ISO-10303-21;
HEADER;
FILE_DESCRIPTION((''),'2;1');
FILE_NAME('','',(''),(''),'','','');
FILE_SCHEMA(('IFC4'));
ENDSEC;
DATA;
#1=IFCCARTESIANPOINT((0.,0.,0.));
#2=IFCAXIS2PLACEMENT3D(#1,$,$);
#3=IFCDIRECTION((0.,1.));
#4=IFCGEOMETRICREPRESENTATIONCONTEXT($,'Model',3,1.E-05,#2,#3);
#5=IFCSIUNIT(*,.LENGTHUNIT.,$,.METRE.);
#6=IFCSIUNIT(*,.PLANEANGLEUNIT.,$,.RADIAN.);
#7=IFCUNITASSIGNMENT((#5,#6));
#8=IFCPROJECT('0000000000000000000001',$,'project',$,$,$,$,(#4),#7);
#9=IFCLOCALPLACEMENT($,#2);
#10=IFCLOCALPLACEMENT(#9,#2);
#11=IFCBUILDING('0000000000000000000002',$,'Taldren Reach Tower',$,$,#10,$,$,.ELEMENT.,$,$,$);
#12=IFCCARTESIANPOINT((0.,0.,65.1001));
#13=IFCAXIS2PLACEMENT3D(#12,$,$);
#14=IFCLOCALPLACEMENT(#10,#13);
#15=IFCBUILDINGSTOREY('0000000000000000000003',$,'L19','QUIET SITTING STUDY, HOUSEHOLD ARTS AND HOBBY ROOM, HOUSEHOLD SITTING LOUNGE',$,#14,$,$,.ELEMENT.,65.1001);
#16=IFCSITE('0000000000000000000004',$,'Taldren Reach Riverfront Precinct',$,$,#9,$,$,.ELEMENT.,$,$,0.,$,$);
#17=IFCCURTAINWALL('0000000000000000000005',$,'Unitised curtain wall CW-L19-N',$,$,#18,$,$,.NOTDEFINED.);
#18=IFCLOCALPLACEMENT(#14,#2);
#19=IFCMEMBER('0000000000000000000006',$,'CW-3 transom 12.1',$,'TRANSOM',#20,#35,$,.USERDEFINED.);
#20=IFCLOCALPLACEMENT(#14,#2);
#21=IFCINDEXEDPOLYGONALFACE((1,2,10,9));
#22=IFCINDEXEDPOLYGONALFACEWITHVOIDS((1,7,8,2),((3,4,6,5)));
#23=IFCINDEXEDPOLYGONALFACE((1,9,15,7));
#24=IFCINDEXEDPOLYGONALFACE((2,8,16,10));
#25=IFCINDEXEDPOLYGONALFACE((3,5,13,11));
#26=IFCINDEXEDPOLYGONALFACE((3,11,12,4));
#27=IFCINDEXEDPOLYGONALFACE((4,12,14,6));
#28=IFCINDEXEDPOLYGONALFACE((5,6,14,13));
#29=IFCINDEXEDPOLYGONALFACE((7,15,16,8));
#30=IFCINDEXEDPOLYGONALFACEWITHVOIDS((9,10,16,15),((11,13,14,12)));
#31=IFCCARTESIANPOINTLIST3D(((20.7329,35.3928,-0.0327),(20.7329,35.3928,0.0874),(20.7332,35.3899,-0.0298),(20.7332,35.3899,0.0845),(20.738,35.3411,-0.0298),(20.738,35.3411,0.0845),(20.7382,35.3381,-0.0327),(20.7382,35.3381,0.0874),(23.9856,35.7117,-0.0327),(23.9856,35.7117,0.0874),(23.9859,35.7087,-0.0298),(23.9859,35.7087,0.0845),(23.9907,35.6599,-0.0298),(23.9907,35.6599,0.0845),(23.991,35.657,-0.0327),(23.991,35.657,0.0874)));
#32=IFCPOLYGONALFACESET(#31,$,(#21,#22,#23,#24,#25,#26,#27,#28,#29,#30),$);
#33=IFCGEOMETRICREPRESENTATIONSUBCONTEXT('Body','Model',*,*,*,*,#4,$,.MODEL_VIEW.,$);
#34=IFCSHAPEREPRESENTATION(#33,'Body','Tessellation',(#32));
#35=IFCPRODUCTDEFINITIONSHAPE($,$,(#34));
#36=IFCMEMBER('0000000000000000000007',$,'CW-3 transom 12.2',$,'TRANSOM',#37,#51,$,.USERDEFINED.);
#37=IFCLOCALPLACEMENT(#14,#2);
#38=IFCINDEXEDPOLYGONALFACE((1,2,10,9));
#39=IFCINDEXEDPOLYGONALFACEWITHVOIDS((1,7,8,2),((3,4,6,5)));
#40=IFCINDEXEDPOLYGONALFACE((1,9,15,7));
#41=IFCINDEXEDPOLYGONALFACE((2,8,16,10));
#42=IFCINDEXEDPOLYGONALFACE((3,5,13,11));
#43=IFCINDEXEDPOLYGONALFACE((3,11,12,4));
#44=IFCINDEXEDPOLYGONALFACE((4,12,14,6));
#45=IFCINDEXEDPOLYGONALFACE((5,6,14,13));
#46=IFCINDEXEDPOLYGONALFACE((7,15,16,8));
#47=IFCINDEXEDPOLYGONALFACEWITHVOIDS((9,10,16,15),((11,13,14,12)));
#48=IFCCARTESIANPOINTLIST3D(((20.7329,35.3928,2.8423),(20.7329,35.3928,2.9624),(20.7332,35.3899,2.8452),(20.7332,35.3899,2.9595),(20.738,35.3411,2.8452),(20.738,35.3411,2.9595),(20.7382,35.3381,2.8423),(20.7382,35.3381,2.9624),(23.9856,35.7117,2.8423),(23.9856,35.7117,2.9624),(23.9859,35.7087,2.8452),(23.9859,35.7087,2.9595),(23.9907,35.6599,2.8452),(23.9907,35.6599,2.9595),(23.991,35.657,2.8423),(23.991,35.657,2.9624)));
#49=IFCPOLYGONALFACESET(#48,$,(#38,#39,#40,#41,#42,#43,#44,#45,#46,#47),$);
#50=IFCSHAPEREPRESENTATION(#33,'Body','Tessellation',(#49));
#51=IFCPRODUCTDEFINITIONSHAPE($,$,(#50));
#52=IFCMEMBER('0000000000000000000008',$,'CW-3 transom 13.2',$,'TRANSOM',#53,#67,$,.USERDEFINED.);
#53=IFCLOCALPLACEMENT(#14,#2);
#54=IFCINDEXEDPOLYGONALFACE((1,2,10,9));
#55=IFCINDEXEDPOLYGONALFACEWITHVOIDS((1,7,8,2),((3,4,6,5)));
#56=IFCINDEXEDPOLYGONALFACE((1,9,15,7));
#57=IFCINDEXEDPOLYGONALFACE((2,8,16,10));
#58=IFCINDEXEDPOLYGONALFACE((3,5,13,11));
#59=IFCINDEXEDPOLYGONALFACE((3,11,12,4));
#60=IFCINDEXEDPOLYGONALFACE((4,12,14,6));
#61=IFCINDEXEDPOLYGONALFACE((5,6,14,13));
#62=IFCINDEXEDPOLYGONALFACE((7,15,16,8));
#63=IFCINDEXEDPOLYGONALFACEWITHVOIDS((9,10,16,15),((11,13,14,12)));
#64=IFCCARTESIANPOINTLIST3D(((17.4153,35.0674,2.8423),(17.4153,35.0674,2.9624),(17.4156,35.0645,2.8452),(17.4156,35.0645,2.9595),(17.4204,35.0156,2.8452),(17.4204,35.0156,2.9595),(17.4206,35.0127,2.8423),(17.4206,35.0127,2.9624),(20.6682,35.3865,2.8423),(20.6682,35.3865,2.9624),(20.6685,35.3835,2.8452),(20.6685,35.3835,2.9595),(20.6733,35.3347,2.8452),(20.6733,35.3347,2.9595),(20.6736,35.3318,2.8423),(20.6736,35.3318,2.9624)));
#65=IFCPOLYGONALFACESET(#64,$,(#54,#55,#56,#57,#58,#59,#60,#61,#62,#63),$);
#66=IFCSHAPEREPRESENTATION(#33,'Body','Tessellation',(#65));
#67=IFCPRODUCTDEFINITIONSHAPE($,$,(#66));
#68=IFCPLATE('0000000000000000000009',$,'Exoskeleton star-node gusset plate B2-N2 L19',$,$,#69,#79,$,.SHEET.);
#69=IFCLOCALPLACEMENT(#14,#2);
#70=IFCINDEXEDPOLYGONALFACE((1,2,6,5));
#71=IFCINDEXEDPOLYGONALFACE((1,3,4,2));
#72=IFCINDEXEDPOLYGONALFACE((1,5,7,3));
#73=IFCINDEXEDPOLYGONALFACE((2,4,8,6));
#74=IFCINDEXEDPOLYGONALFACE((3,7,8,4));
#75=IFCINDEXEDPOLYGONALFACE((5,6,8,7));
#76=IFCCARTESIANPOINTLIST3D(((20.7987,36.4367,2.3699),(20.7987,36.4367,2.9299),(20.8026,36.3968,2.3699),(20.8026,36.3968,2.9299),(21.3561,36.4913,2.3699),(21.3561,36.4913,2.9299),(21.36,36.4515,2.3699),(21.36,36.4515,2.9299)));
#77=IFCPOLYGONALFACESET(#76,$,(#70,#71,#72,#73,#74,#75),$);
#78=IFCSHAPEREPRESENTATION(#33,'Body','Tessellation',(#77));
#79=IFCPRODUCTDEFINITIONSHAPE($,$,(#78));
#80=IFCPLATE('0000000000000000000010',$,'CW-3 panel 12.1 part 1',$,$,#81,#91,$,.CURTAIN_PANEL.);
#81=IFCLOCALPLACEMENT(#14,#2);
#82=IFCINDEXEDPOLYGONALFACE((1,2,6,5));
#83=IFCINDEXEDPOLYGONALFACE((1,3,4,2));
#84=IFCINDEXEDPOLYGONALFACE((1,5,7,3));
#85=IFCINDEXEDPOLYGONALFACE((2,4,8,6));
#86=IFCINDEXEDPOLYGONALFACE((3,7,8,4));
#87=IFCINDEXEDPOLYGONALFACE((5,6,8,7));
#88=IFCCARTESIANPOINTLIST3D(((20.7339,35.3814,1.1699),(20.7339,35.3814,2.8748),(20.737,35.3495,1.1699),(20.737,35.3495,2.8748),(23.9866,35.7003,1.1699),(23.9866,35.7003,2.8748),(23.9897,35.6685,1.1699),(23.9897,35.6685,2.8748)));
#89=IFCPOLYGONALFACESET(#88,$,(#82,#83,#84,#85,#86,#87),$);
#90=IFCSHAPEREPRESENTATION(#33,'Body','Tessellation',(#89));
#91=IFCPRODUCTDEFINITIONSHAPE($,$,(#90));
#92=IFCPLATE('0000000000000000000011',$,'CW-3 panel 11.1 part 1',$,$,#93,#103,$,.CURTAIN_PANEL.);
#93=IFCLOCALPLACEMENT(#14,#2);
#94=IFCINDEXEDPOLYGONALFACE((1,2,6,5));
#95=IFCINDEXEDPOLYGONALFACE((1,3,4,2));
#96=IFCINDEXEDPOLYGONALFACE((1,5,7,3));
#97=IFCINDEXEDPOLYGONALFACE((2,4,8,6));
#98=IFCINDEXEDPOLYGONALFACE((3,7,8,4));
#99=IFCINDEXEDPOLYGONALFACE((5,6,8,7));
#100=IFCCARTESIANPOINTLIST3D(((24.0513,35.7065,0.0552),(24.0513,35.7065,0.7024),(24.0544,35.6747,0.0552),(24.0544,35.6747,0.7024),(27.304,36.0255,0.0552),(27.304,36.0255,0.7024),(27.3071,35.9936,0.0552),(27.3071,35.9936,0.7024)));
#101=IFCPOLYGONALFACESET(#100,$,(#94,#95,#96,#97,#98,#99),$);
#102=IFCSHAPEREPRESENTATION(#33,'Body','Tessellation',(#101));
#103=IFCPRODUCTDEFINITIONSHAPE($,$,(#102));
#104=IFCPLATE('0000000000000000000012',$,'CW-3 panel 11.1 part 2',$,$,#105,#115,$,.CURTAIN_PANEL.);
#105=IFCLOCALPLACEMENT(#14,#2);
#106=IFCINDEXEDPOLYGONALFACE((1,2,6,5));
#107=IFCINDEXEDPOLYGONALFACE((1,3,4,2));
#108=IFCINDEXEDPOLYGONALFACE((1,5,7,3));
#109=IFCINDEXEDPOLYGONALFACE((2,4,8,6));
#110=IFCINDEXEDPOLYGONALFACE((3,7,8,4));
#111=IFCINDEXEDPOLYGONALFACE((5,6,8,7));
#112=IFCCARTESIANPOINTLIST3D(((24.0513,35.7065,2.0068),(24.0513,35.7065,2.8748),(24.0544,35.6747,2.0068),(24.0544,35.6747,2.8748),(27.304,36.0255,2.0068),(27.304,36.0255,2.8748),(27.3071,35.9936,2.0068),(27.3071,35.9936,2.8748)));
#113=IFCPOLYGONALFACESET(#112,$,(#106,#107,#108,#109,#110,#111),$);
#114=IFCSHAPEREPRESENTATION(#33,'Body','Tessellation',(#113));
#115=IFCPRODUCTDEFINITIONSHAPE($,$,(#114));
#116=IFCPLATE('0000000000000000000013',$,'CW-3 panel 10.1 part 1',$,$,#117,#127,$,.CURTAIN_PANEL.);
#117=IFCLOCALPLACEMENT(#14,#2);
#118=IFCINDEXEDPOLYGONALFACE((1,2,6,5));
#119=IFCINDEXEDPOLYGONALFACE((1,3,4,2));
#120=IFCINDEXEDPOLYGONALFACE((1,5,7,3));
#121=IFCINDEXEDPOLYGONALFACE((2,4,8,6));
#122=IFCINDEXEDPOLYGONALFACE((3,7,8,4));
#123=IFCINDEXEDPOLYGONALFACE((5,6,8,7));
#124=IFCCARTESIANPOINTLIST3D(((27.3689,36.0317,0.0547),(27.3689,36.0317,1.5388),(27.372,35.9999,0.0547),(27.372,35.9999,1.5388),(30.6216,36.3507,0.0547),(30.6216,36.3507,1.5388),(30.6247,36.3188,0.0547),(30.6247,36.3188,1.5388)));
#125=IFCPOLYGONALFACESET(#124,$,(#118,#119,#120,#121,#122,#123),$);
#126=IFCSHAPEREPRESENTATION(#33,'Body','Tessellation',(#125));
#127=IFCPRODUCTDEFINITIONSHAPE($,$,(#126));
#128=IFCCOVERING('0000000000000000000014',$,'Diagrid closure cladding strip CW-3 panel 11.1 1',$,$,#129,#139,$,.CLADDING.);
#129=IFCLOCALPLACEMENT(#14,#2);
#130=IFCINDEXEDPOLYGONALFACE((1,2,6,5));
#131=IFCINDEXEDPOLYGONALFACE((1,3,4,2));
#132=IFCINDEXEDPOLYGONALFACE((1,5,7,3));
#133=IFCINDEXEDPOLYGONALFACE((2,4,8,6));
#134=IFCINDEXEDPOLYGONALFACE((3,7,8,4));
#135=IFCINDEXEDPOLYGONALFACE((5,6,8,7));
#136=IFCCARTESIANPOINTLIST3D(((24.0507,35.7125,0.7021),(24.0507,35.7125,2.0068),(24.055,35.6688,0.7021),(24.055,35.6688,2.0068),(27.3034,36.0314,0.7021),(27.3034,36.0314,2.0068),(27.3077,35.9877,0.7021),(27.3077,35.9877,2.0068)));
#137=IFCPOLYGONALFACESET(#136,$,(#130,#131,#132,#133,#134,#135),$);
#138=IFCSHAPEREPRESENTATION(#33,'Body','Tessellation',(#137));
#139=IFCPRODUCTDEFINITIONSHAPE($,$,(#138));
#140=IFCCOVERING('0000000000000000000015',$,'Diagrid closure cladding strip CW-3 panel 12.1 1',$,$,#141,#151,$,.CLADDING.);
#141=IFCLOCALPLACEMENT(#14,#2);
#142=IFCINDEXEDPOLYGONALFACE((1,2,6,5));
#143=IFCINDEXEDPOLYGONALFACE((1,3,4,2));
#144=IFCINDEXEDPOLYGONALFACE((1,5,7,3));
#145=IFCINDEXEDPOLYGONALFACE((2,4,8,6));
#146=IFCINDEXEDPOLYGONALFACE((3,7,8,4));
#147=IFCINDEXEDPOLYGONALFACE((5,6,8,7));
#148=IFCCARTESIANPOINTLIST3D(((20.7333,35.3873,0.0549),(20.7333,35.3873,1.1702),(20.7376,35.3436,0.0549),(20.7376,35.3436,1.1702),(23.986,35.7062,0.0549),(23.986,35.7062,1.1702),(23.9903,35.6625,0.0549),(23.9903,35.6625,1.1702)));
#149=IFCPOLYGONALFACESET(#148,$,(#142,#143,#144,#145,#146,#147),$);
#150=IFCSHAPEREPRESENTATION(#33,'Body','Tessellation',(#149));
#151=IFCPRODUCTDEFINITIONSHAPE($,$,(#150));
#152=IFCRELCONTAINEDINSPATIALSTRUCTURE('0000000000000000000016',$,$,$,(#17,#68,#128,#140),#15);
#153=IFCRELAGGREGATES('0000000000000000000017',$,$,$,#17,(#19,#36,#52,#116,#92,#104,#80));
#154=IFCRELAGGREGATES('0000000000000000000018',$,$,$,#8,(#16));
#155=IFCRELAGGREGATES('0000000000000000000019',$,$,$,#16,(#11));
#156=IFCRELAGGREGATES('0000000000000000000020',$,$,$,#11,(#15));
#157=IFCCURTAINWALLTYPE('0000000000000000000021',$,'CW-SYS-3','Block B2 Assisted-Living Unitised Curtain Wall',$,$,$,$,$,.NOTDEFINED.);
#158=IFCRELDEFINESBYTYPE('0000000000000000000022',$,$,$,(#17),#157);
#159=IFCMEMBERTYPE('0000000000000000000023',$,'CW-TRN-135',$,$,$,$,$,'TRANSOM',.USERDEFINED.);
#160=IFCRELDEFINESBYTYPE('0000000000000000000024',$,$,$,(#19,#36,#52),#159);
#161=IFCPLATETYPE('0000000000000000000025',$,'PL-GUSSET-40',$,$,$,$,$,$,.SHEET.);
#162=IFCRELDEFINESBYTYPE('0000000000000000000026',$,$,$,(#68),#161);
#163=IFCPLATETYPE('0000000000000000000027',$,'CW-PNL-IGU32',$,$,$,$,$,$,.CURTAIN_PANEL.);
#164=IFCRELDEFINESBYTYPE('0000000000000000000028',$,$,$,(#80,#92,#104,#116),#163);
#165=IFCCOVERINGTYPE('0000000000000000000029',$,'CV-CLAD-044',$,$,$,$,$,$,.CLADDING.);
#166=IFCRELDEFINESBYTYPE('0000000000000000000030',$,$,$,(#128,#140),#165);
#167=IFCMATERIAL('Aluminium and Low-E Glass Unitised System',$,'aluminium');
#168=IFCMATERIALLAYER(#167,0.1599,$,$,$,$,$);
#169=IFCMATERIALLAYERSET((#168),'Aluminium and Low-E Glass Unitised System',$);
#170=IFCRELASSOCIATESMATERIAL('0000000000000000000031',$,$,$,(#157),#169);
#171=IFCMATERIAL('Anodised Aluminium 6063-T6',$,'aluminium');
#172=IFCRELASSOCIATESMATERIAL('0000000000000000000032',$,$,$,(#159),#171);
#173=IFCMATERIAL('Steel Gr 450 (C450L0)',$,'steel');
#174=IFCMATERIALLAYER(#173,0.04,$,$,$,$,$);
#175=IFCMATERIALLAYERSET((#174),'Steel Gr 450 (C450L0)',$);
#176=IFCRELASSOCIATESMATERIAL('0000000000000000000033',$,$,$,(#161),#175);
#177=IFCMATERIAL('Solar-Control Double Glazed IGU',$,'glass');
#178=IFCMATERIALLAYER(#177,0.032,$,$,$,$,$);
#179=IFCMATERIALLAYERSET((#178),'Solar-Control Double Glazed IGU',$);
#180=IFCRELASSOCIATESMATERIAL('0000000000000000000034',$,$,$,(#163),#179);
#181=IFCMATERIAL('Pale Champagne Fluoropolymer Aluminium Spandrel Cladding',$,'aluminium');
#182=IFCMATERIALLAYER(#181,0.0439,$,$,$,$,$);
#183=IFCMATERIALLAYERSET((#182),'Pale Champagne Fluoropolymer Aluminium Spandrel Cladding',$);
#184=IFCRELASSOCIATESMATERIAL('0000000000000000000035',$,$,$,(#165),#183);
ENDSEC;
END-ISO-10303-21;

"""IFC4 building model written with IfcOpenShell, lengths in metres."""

from ifc_helpers import new_model, si_unit, direction, frame, origin, origin_2d, place, context, subcontext, project, spatial, rectangle, hollow_rectangle, extrude, source, transform, mapped, material, layer, layer_set, material_profile, profile_set, type_object, element, aggregate, save


model = new_model("IFC4")

# Units and contexts
model_context = context("Model", 3, precision=1e-05, world=origin(), true_north=direction((0.0, 1.0)))
body_context = subcontext(model_context, "Body", "Model", "MODEL_VIEW")
ifc_project = project(units=[si_unit("LENGTHUNIT", "METRE"), si_unit("PLANEANGLEUNIT", "RADIAN")], contexts=[model_context])

# Site, building, storey
site_placement = place(None, origin())
site = spatial("IfcSite", under=ifc_project, at=site_placement, Name="Taldren Reach Riverfront Precinct", CompositionType="ELEMENT", RefElevation=0.0)
building_placement = place(site_placement, origin())
building = spatial("IfcBuilding", under=site, at=building_placement, Name="Taldren Reach Tower", CompositionType="ELEMENT")
storey_placement = place(building_placement, frame((0.0, 0.0, 65.1001)))
storey = spatial("IfcBuildingStorey", under=building, at=storey_placement, Name="L19", Description="QUIET SITTING STUDY, HOUSEHOLD ARTS AND HOBBY ROOM, HOUSEHOLD SITTING LOUNGE", CompositionType="ELEMENT", Elevation=65.1001)

# Shared definitions
ifc_material_1 = material(Name="Steel Gr 450 (C450L0)", Category="steel")

# Curtain wall, members
ifc_material_2 = material(Name="Aluminium and Low-E Glass Unitised System", Category="aluminium")
ifc_layer_1 = layer(ifc_material_2, 0.1599)
ifc_layer_set_1 = layer_set([ifc_layer_1], Name="Aluminium and Low-E Glass Unitised System")
curtain_wall_type = type_object("IfcCurtainWallType", Name="CW-SYS-3", Description="Block B2 Assisted-Living Unitised Curtain Wall", PredefinedType="NOTDEFINED", material=ifc_layer_set_1)
curtain_wall_placement = place(storey_placement, origin())
curtain_wall = element("IfcCurtainWall", 1, at=curtain_wall_placement, inside=storey, type_object=curtain_wall_type, Name="Unitised curtain wall CW-L19-N", PredefinedType="NOTDEFINED")
ifc_material_3 = material(Name="Anodised Aluminium 6063-T6", Category="aluminium")
ifc_material_profile_1 = material_profile(ifc_material_3, hollow_rectangle(XDim=0.0549, YDim=0.1201, WallThickness=0.0029, at=origin_2d()), Name="ALU-120x55x3RHS")
ifc_profile_set_1 = profile_set([ifc_material_profile_1], Name="Anodised Aluminium 6063-T6")
member_type_1 = type_object("IfcMemberType", Name="CW-TRN-135", ElementType="TRANSOM", PredefinedType="USERDEFINED", material=ifc_profile_set_1)
shared_shape_1 = source(origin(), body_context, "Body", "SweptSolid", [
    extrude(hollow_rectangle(XDim=0.0549, YDim=0.1201, WallThickness=0.0029, at=origin_2d()), origin(), (0.0, 0.0, 1.0), 3.2683),
])
member_1_placement = place(storey_placement, frame((23.9883, 35.6843, 0.0273), z_axis=(-0.99523, -0.097558, 0.0), x_axis=(0.097558, -0.99523, 0.0)))
member_1 = element("IfcMember", 2, at=member_1_placement, type_object=member_type_1, Name="CW-3 transom 12.1", ObjectType="TRANSOM", PredefinedType="USERDEFINED", context=body_context, shape_type="MappedRepresentation", body=[
    mapped(shared_shape_1, transform((0.0, 0.0, 0.0), scale=1.0)),
])
member_2_placement = place(storey_placement, frame((23.9883, 35.6843, 2.9023), z_axis=(-0.99523, -0.097558, 0.0), x_axis=(0.097558, -0.99523, 0.0)))
member_2 = element("IfcMember", 3, at=member_2_placement, type_object=member_type_1, Name="CW-3 transom 12.2", ObjectType="TRANSOM", PredefinedType="USERDEFINED", context=body_context, shape_type="MappedRepresentation", body=[
    mapped(shared_shape_1, transform((0.0, 0.0, 0.0), scale=1.0)),
])
shared_shape_2 = source(origin(), body_context, "Body", "SweptSolid", [
    extrude(hollow_rectangle(XDim=0.0549, YDim=0.1201, WallThickness=0.0029, at=origin_2d()), origin(), (0.0, 0.0, 1.0), 3.2686),
])
member_3_placement = place(storey_placement, frame((20.6709, 35.3591, 2.9023), z_axis=(-0.995223, -0.097625, 0.0), x_axis=(0.097625, -0.995223, 0.0)))
member_3 = element("IfcMember", 4, at=member_3_placement, type_object=member_type_1, Name="CW-3 transom 13.2", ObjectType="TRANSOM", PredefinedType="USERDEFINED", context=body_context, shape_type="MappedRepresentation", body=[
    mapped(shared_shape_2, transform((0.0, 0.0, 0.0), scale=1.0)),
])

# Plates
ifc_layer_2 = layer(ifc_material_1, 0.04)
ifc_layer_set_2 = layer_set([ifc_layer_2], Name="Steel Gr 450 (C450L0)")
plate_type_1 = type_object("IfcPlateType", Name="PL-GUSSET-40", PredefinedType="SHEET", material=ifc_layer_set_2)
shared_shape_3 = source(origin(), body_context, "Body", "SweptSolid", [
    extrude(rectangle(XDim=0.5601, YDim=0.04, at=origin_2d()), origin(), (0.0, 0.0, 1.0), 0.5601),
])
plate_1_placement = place(storey_placement, frame((21.0793, 36.4441, 2.3699), z_axis=(0.0, 0.0, 1.0), x_axis=(0.995227, 0.097583, 0.0)))
element("IfcPlate", 5, at=plate_1_placement, inside=storey, type_object=plate_type_1, Name="Exoskeleton star-node gusset plate B2-N2 L19", PredefinedType="SHEET", context=body_context, shape_type="MappedRepresentation", body=[
    mapped(shared_shape_3, transform((0.0, 0.0, 0.0), scale=1.0)),
])
ifc_material_4 = material(Name="Solar-Control Double Glazed IGU", Category="glass")
ifc_layer_3 = layer(ifc_material_4, 0.032)
ifc_layer_set_3 = layer_set([ifc_layer_3], Name="Solar-Control Double Glazed IGU")
plate_type_2 = type_object("IfcPlateType", Name="CW-PNL-IGU32", PredefinedType="CURTAIN_PANEL", material=ifc_layer_set_3)
shared_shape_4 = source(origin(), body_context, "Body", "SweptSolid", [
    extrude(rectangle(XDim=3.2683, YDim=0.032, at=origin_2d()), origin(), (0.0, 0.0, 1.0), 1.7048),
])
plate_2_placement = place(storey_placement, frame((22.3618, 35.5249, 1.1699), z_axis=(0.0, 0.0, 1.0), x_axis=(-0.995227, -0.097583, 0.0)))
plate_2 = element("IfcPlate", 6, at=plate_2_placement, type_object=plate_type_2, Name="CW-3 panel 12.1 part 1", PredefinedType="CURTAIN_PANEL", context=body_context, shape_type="MappedRepresentation", body=[
    mapped(shared_shape_4, transform((0.0, 0.0, 0.0), scale=1.0)),
])
shared_shape_5 = source(origin(), body_context, "Body", "SweptSolid", [
    extrude(rectangle(XDim=3.2683, YDim=0.032, at=origin_2d()), origin(), (0.0, 0.0, 1.0), 0.6472),
])
plate_3_placement = place(storey_placement, frame((25.6792, 35.8501, 0.0552), z_axis=(0.0, 0.0, 1.0), x_axis=(-0.995227, -0.097583, 0.0)))
plate_3 = element("IfcPlate", 7, at=plate_3_placement, type_object=plate_type_2, Name="CW-3 panel 11.1 part 1", PredefinedType="CURTAIN_PANEL", context=body_context, shape_type="MappedRepresentation", body=[
    mapped(shared_shape_5, transform((0.0, 0.0, 0.0), scale=1.0)),
])
shared_shape_6 = source(origin(), body_context, "Body", "SweptSolid", [
    extrude(rectangle(XDim=3.2683, YDim=0.032, at=origin_2d()), origin(), (0.0, 0.0, 1.0), 0.8679),
])
plate_4_placement = place(storey_placement, frame((25.6792, 35.8501, 2.0068), z_axis=(0.0, 0.0, 1.0), x_axis=(-0.995227, -0.097583, 0.0)))
plate_4 = element("IfcPlate", 8, at=plate_4_placement, type_object=plate_type_2, Name="CW-3 panel 11.1 part 2", PredefinedType="CURTAIN_PANEL", context=body_context, shape_type="MappedRepresentation", body=[
    mapped(shared_shape_6, transform((0.0, 0.0, 0.0), scale=1.0)),
])
shared_shape_7 = source(origin(), body_context, "Body", "SweptSolid", [
    extrude(rectangle(XDim=3.2683, YDim=0.032, at=origin_2d()), origin(), (0.0, 0.0, 1.0), 1.4841),
])
plate_5_placement = place(storey_placement, frame((28.9968, 36.1753, 0.0547), z_axis=(0.0, 0.0, 1.0), x_axis=(-0.995227, -0.097583, 0.0)))
plate_5 = element("IfcPlate", 9, at=plate_5_placement, type_object=plate_type_2, Name="CW-3 panel 10.1 part 1", PredefinedType="CURTAIN_PANEL", context=body_context, shape_type="MappedRepresentation", body=[
    mapped(shared_shape_7, transform((0.0, 0.0, 0.0), scale=1.0)),
])
aggregate(curtain_wall, [member_1, member_2, member_3, plate_5, plate_3, plate_4, plate_2])

# Coverings
ifc_material_5 = material(Name="Pale Champagne Fluoropolymer Aluminium Spandrel Cladding", Category="aluminium")
ifc_layer_4 = layer(ifc_material_5, 0.0439)
ifc_layer_set_4 = layer_set([ifc_layer_4], Name="Pale Champagne Fluoropolymer Aluminium Spandrel Cladding")
covering_type = type_object("IfcCoveringType", Name="CV-CLAD-044", PredefinedType="CLADDING", material=ifc_layer_set_4)
shared_shape_8 = source(origin(), body_context, "Body", "SweptSolid", [
    extrude(rectangle(XDim=3.2683, YDim=0.0439, at=origin_2d()), origin(), (0.0, 0.0, 1.0), 1.3047),
])
covering_1_placement = place(storey_placement, frame((25.6792, 35.8501, 0.7021), z_axis=(0.0, 0.0, 1.0), x_axis=(-0.995227, -0.097583, 0.0)))
element("IfcCovering", 10, at=covering_1_placement, inside=storey, type_object=covering_type, Name="Diagrid closure cladding strip CW-3 panel 11.1 1", PredefinedType="CLADDING", context=body_context, shape_type="MappedRepresentation", body=[
    mapped(shared_shape_8, transform((0.0, 0.0, 0.0), scale=1.0)),
])
shared_shape_9 = source(origin(), body_context, "Body", "SweptSolid", [
    extrude(rectangle(XDim=3.2683, YDim=0.0439, at=origin_2d()), origin(), (0.0, 0.0, 1.0), 1.1152),
])
covering_2_placement = place(storey_placement, frame((22.3618, 35.5249, 0.0549), z_axis=(0.0, 0.0, 1.0), x_axis=(-0.995227, -0.097583, 0.0)))
element("IfcCovering", 11, at=covering_2_placement, inside=storey, type_object=covering_type, Name="Diagrid closure cladding strip CW-3 panel 12.1 1", PredefinedType="CLADDING", context=body_context, shape_type="MappedRepresentation", body=[
    mapped(shared_shape_9, transform((0.0, 0.0, 0.0), scale=1.0)),
])

save(model, "model.ifc")
